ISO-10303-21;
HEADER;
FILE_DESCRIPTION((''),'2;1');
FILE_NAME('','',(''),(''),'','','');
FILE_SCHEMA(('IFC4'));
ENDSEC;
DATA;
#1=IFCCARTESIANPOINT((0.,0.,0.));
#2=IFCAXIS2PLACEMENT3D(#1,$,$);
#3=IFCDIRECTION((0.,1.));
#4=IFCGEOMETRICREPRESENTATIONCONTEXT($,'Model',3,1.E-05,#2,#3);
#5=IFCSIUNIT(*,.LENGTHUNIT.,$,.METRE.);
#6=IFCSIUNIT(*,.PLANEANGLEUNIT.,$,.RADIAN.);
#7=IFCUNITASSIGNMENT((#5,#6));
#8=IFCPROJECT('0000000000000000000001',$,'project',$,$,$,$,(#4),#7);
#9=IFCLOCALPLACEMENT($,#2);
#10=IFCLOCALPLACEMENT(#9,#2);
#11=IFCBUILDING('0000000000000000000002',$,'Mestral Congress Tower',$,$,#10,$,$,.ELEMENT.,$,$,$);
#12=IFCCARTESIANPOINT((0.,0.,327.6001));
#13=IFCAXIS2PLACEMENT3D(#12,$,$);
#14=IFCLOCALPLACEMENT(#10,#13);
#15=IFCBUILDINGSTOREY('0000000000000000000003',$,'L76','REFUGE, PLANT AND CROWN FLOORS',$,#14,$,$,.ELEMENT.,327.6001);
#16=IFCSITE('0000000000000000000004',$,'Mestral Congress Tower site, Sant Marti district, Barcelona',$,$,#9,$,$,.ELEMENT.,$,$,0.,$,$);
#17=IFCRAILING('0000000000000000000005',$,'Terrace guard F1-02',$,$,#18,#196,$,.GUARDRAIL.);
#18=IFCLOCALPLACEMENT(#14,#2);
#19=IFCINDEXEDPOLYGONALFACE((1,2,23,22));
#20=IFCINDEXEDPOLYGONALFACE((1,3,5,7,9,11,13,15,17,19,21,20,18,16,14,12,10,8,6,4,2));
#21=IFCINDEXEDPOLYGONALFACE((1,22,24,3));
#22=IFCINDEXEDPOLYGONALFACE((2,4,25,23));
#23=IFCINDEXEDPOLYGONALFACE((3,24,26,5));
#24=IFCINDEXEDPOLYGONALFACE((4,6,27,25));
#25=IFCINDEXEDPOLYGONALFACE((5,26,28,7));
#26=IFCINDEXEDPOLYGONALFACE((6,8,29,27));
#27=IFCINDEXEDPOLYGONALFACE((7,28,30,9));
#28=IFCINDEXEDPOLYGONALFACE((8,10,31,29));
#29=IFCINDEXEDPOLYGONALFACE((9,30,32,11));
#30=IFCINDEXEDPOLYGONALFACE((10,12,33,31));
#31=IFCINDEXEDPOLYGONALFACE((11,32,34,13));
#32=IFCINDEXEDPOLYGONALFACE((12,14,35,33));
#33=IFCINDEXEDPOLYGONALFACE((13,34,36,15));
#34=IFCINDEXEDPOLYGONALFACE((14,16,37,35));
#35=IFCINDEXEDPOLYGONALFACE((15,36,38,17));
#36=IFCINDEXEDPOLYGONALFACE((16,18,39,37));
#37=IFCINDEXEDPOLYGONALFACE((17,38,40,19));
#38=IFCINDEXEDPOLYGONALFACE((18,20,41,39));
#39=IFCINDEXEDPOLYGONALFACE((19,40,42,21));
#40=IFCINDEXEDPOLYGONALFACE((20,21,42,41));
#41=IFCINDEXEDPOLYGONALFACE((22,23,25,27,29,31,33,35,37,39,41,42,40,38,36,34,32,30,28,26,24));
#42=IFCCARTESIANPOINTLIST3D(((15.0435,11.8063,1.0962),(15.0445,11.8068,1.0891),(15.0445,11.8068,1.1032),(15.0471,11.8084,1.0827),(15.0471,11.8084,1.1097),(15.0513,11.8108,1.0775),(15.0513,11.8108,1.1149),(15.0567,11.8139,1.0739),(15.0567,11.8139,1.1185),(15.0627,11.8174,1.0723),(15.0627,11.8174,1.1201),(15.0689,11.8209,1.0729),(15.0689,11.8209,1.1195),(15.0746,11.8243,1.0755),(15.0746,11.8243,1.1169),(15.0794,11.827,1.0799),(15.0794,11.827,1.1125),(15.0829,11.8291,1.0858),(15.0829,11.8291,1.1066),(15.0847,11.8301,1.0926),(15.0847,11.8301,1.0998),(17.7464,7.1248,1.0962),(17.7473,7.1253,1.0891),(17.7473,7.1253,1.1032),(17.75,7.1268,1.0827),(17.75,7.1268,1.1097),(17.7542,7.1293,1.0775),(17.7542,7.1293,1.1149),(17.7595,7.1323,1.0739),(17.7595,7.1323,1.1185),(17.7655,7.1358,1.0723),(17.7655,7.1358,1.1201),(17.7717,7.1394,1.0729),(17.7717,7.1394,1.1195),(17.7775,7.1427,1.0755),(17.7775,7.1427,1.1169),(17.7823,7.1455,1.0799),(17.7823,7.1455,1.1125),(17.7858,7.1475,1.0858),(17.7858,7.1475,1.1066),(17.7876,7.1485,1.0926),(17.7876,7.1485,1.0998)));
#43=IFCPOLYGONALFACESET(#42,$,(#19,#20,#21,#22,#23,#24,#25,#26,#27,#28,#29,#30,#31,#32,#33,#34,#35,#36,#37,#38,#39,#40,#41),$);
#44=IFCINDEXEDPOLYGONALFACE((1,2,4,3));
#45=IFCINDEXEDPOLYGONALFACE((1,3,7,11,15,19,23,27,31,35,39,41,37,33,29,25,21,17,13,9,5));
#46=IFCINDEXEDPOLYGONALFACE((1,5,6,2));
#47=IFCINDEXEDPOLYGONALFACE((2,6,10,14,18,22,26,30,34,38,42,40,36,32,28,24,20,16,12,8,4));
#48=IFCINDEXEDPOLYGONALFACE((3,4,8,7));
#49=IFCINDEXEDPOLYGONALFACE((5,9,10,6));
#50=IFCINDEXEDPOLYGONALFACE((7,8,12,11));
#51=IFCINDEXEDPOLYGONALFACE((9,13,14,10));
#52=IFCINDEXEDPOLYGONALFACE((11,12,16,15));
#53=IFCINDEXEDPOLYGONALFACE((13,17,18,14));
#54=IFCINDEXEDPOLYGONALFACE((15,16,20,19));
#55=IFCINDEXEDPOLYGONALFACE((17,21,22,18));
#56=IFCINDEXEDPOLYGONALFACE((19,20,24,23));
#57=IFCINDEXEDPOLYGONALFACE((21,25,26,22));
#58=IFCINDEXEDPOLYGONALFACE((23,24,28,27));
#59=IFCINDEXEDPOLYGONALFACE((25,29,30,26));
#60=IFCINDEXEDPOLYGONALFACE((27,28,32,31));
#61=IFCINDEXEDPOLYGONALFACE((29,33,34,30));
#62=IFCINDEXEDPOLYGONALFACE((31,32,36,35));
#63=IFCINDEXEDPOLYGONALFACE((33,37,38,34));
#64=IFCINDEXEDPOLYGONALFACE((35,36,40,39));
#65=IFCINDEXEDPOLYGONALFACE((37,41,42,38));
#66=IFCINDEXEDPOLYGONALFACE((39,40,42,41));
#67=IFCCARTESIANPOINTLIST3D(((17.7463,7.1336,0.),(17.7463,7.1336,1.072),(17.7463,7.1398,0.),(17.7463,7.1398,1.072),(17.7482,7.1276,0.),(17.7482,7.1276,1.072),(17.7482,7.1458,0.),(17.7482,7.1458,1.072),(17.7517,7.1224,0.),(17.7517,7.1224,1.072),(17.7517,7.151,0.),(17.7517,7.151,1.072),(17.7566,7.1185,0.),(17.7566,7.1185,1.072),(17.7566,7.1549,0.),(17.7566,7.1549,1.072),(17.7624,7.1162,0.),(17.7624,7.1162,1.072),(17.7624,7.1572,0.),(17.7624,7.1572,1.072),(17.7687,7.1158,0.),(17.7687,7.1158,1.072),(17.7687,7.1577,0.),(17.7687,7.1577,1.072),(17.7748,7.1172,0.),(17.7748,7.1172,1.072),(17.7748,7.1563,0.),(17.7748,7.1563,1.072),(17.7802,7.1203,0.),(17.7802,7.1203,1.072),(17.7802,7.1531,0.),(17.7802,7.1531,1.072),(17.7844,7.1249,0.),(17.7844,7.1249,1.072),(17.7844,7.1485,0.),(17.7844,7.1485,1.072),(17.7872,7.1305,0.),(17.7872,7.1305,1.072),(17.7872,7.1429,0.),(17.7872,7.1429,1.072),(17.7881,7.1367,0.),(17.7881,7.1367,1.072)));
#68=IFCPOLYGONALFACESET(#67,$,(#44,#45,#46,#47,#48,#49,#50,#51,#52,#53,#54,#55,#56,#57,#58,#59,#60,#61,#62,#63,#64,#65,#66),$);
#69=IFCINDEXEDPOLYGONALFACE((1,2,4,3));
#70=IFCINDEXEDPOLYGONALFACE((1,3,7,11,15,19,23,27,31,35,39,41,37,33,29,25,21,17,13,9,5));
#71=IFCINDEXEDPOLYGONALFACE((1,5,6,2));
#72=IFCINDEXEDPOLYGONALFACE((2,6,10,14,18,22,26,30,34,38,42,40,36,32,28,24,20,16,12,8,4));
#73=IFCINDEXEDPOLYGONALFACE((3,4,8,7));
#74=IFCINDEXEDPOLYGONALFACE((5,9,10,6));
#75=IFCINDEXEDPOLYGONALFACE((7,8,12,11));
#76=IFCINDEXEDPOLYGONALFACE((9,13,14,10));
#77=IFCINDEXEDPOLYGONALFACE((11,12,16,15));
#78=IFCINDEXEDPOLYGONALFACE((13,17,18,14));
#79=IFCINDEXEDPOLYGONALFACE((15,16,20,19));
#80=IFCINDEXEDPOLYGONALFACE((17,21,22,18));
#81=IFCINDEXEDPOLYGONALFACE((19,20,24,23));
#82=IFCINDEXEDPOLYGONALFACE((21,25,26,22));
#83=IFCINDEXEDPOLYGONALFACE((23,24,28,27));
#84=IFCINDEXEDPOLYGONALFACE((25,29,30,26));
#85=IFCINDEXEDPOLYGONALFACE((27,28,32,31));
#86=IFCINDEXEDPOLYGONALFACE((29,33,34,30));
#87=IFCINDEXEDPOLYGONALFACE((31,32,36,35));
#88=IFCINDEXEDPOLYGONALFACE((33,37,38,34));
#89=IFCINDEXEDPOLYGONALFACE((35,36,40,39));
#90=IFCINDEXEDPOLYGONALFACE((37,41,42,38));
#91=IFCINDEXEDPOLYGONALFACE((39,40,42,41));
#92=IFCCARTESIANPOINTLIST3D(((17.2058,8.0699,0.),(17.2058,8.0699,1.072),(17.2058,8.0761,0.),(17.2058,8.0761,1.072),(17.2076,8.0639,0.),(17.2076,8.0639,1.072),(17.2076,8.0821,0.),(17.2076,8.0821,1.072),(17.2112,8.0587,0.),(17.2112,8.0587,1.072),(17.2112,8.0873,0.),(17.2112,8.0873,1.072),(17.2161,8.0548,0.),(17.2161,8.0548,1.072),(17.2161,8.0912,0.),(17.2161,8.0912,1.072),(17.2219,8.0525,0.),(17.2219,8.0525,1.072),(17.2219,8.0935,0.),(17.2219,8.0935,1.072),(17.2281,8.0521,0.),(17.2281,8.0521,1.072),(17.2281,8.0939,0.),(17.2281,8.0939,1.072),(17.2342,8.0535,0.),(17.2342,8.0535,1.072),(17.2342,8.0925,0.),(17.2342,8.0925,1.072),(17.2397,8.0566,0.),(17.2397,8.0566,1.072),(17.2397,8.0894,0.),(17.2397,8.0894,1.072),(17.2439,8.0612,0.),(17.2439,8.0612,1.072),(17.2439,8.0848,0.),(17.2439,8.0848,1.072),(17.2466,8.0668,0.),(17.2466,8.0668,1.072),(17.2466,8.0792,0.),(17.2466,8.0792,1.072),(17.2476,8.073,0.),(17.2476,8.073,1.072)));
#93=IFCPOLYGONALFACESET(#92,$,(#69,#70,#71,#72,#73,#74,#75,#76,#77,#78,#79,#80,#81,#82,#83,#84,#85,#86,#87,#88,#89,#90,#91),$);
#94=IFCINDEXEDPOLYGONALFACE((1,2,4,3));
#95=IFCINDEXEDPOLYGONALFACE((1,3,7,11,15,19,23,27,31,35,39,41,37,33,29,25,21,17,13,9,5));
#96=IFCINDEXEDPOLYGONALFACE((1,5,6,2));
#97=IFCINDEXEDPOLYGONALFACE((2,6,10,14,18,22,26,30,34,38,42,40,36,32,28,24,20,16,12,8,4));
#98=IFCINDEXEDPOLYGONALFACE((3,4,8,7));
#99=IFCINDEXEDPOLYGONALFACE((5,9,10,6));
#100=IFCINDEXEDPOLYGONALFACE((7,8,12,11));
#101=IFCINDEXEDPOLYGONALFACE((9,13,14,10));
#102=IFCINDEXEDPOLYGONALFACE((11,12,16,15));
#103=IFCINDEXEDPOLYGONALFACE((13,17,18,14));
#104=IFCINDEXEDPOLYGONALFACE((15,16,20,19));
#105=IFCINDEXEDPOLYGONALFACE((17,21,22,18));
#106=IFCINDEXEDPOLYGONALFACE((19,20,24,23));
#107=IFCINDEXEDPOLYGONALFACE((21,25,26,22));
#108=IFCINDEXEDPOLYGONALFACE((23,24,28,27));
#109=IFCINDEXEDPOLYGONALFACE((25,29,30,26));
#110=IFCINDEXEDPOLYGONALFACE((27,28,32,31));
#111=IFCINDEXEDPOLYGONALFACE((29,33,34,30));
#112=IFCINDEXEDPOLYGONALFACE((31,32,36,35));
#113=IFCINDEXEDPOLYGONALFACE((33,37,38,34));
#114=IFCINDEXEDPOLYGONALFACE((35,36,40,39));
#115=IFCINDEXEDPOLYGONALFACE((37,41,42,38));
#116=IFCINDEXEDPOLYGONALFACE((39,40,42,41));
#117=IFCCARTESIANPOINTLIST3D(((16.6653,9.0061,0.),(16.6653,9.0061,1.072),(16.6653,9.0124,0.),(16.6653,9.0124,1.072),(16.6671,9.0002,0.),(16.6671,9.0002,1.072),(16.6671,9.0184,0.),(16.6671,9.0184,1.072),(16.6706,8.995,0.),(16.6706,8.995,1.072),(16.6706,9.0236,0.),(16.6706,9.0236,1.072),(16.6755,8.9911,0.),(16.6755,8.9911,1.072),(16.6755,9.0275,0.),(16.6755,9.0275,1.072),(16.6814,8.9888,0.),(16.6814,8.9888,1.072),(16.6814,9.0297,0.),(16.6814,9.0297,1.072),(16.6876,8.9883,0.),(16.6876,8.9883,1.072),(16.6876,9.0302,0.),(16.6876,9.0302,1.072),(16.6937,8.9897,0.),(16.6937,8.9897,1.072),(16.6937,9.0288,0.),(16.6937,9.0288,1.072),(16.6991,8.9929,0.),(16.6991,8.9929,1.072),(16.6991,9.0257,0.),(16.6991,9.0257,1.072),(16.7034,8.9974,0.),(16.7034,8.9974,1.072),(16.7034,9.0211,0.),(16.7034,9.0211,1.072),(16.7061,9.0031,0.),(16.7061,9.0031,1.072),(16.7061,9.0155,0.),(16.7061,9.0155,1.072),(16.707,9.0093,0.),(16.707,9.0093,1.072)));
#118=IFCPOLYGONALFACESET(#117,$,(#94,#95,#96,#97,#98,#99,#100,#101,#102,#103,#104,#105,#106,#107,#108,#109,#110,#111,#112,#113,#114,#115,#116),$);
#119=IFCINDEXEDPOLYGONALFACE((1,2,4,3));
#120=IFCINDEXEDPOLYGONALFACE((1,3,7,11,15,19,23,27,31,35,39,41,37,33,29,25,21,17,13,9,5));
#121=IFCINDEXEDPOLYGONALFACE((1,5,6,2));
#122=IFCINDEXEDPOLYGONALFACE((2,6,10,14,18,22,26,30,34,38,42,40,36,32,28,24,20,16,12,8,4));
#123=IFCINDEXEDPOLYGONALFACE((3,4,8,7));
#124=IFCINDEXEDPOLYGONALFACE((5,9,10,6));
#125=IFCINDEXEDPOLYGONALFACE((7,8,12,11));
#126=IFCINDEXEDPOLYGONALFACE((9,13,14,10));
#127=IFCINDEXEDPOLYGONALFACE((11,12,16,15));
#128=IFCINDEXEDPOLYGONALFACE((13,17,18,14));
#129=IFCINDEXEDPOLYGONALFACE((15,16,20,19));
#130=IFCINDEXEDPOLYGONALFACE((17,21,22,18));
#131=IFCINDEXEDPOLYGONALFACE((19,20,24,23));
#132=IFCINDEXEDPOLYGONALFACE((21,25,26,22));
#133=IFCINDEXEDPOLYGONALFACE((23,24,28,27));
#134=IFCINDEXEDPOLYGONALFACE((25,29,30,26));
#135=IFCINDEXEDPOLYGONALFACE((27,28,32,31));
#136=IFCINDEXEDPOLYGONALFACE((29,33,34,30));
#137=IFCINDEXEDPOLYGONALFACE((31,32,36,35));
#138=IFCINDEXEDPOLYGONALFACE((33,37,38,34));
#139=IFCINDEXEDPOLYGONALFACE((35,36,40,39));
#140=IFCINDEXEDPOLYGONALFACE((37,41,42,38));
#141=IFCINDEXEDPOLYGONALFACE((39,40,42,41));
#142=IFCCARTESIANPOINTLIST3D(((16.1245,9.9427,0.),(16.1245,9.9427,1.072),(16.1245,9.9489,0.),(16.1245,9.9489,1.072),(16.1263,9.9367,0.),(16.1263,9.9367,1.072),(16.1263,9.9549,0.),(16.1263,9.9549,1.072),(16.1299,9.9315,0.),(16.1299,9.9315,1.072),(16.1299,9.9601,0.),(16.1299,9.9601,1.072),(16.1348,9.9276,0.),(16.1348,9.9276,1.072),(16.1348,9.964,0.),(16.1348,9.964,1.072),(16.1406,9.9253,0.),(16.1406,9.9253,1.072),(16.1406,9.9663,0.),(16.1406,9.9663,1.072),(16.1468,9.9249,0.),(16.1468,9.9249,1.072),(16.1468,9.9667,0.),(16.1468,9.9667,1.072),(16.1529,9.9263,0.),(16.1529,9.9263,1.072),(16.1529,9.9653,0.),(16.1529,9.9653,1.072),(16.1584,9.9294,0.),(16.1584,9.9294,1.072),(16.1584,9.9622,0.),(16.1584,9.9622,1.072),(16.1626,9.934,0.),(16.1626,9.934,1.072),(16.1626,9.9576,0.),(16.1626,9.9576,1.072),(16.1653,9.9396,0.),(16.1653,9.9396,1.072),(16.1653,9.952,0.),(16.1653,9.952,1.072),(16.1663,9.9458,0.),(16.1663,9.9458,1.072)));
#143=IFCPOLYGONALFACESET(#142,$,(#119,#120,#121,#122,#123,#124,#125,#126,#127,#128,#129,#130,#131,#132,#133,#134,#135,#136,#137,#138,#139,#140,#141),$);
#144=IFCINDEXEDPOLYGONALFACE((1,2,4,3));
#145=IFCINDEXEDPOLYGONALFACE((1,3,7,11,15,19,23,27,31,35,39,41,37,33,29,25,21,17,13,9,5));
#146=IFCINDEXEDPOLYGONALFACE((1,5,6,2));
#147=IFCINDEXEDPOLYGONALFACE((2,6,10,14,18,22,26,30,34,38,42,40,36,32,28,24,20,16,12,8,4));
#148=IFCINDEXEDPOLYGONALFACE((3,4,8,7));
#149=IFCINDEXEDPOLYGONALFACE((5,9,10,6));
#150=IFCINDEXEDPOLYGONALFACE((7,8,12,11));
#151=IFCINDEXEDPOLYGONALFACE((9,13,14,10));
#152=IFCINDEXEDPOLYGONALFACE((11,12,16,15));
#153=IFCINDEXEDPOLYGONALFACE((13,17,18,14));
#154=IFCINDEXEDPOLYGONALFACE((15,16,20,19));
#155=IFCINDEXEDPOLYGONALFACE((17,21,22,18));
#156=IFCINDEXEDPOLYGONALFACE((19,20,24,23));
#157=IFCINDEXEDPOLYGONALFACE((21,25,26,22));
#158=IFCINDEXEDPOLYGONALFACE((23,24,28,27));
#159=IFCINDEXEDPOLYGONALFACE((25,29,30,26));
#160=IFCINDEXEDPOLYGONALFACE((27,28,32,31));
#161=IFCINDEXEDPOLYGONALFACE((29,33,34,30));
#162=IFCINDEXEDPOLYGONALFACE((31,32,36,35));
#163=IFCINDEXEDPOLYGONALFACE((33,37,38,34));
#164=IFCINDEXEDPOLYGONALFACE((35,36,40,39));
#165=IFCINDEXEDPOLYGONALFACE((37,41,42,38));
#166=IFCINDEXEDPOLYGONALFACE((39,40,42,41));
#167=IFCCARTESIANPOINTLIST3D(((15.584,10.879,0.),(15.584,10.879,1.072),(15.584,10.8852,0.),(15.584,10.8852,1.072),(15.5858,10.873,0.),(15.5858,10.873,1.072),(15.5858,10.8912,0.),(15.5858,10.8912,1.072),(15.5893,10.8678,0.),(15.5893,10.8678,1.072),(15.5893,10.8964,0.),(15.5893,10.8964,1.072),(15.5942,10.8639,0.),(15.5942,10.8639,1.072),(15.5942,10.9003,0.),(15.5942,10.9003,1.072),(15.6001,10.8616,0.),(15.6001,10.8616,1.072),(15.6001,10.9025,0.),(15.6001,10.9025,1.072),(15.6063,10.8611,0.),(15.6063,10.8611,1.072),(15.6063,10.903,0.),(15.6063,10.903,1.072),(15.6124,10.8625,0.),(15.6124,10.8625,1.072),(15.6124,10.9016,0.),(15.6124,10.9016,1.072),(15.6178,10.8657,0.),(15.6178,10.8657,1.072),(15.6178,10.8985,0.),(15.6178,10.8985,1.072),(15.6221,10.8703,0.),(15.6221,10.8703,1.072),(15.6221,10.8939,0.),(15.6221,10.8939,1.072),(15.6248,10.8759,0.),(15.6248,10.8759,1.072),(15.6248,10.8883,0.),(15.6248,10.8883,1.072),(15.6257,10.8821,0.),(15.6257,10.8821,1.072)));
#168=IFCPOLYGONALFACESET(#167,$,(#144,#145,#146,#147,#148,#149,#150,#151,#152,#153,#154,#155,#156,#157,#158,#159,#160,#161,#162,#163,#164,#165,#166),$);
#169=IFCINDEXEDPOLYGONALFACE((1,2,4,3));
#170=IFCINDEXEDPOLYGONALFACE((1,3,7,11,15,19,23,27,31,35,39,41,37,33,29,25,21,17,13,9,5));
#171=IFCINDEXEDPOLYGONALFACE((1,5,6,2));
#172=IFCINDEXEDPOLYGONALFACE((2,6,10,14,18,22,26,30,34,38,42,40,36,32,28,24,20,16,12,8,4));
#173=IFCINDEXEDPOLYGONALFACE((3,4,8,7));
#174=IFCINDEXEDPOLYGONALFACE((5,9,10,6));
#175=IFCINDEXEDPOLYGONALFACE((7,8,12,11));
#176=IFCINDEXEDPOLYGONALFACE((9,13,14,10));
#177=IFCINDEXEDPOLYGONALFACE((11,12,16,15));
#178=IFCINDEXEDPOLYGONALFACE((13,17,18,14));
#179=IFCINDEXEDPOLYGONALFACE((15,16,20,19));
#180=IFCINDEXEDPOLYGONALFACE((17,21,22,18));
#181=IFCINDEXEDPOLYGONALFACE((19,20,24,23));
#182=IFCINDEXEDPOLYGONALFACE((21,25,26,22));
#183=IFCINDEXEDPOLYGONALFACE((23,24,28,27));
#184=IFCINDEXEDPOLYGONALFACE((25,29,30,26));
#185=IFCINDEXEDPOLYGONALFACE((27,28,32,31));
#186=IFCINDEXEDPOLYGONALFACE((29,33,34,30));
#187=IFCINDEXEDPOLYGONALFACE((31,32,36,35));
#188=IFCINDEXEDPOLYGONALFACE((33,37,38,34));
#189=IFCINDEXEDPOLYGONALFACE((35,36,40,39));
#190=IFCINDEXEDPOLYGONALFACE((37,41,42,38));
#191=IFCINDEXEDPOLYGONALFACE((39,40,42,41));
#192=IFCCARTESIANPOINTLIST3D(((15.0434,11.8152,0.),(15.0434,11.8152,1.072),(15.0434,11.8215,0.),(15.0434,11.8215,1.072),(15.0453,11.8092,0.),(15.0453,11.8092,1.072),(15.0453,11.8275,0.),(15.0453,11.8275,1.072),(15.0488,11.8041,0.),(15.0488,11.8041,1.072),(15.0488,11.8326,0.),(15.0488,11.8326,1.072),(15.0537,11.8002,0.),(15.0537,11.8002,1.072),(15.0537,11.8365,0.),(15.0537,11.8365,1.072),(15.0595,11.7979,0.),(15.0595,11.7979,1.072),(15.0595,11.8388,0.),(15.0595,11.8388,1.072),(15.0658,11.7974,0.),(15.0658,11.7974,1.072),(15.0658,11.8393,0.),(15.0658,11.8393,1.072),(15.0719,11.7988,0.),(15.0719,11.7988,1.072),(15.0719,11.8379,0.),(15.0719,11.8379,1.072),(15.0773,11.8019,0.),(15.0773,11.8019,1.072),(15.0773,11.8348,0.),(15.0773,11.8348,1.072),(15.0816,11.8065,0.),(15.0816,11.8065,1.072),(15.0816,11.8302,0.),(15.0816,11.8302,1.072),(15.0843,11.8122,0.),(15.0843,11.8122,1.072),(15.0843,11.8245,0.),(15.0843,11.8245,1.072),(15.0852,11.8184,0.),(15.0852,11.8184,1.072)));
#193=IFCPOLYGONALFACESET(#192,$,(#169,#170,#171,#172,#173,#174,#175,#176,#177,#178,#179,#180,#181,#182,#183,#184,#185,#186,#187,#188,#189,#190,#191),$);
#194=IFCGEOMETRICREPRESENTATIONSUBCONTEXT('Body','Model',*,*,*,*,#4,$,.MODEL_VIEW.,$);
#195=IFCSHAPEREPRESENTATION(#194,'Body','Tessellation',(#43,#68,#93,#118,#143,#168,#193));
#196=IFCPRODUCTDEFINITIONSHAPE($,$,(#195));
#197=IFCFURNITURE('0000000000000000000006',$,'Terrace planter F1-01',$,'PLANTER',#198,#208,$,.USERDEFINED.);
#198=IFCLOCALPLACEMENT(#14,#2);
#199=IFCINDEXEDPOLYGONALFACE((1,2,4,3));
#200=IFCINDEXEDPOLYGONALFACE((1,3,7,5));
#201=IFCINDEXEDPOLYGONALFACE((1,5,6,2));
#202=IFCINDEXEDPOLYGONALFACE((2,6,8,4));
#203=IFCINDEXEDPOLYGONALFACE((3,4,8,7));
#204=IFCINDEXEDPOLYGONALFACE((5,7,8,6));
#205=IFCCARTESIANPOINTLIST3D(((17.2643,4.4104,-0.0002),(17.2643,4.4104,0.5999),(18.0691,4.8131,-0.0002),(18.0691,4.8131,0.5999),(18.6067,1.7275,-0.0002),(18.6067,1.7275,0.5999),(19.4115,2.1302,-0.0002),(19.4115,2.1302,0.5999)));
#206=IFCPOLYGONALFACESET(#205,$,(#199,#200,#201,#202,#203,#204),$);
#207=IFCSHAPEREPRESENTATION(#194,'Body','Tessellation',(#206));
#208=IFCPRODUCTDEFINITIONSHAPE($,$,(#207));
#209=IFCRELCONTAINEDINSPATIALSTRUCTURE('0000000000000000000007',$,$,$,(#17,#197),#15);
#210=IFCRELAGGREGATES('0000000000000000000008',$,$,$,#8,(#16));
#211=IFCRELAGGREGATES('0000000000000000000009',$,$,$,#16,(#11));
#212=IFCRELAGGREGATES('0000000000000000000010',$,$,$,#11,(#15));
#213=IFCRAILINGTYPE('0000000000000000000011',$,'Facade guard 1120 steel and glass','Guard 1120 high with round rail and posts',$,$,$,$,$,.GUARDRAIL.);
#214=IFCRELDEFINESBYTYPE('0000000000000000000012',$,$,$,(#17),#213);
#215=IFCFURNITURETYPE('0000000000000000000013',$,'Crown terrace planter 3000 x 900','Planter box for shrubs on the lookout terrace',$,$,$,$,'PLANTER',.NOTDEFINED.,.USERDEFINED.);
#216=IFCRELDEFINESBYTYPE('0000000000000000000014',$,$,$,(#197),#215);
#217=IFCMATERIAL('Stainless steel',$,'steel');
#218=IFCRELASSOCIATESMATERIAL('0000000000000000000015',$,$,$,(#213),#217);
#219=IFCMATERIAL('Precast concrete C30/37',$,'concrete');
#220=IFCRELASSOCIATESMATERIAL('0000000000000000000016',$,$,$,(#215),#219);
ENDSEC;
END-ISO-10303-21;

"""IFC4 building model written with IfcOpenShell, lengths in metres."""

from ifc_helpers import new_model, si_unit, direction, frame, origin, origin_2d, place, context, subcontext, project, spatial, rectangle, circle, extrude, material, type_object, element, save


model = new_model("IFC4")

# Units and contexts
model_context = context("Model", 3, precision=1e-05, world=origin(), true_north=direction((0.0, 1.0)))
body_context = subcontext(model_context, "Body", "Model", "MODEL_VIEW")
ifc_project = project(units=[si_unit("LENGTHUNIT", "METRE"), si_unit("PLANEANGLEUNIT", "RADIAN")], contexts=[model_context])

# Site, building, storey
site_placement = place(None, origin())
site = spatial("IfcSite", under=ifc_project, at=site_placement, Name="Mestral Congress Tower site, Sant Marti district, Barcelona", CompositionType="ELEMENT", RefElevation=0.0)
building_placement = place(site_placement, origin())
building = spatial("IfcBuilding", under=site, at=building_placement, Name="Mestral Congress Tower", CompositionType="ELEMENT")
storey_placement = place(building_placement, frame((0.0, 0.0, 327.6001)))
storey = spatial("IfcBuildingStorey", under=building, at=storey_placement, Name="L76", Description="REFUGE, PLANT AND CROWN FLOORS", CompositionType="ELEMENT", Elevation=327.6001)

# Railing
ifc_material_1 = material(Name="Stainless steel", Category="steel")
railing_type = type_object("IfcRailingType", Name="Facade guard 1120 steel and glass", Description="Guard 1120 high with round rail and posts", PredefinedType="GUARDRAIL", material=ifc_material_1)
railing_1_placement = place(storey_placement, frame((17.7671, 7.1367, 0.0)))
element("IfcRailing", 1, at=railing_1_placement, inside=storey, type_object=railing_type, Name="Terrace guard F1-02", PredefinedType="GUARDRAIL", context=body_context, shape_type="SweptSolid", body=[
    extrude(circle(Radius=0.0239, at=origin_2d()), frame((0.0, 0.0, 1.0962), z_axis=(-0.499991, 0.866031, 0.0), x_axis=(-0.866031, -0.499991, 0.0)), (0.0, 0.0, 1.0), 5.4058),
    extrude(circle(Radius=0.021, at=origin_2d()), origin(), (0.0, 0.0, 1.0), 1.072),
    extrude(circle(Radius=0.021, at=origin_2d()), frame((-0.5405, 0.9363, 0.0)), (0.0, 0.0, 1.0), 1.072),
    extrude(circle(Radius=0.021, at=origin_2d()), frame((-1.0811, 1.8726, 0.0)), (0.0, 0.0, 1.0), 1.072),
    extrude(circle(Radius=0.021, at=origin_2d()), frame((-1.6218, 2.8091, 0.0)), (0.0, 0.0, 1.0), 1.072),
    extrude(circle(Radius=0.021, at=origin_2d()), frame((-2.1624, 3.7454, 0.0)), (0.0, 0.0, 1.0), 1.072),
    extrude(circle(Radius=0.021, at=origin_2d()), frame((-2.7029, 4.6816, 0.0)), (0.0, 0.0, 1.0), 1.072),
])

# Furniture
ifc_material_2 = material(Name="Precast concrete C30/37", Category="concrete")
furniture_type = type_object("IfcFurnitureType", Name="Crown terrace planter 3000 x 900", Description="Planter box for shrubs on the lookout terrace", ElementType="PLANTER", AssemblyPlace="NOTDEFINED", PredefinedType="USERDEFINED", material=ifc_material_2)
for number, where, z_axis, x_axis, name in (
    (2, (18.3379, 3.2703, -0.0002), (0.0, 0.0, 1.0), (-0.447469, 0.8943, 0.0), "Terrace planter F1-01"),
):
    element("IfcFurniture", number, at=place(storey_placement, frame(where, z_axis=z_axis, x_axis=x_axis)), inside=storey, type_object=furniture_type, Name=name, ObjectType="PLANTER", PredefinedType="USERDEFINED", context=body_context, shape_type="SweptSolid", body=[
        extrude(rectangle(XDim=3.0, YDim=0.8999, at=origin_2d()), origin(), (0.0, 0.0, 1.0), 0.6001),
    ])

save(model, "model.ifc")
